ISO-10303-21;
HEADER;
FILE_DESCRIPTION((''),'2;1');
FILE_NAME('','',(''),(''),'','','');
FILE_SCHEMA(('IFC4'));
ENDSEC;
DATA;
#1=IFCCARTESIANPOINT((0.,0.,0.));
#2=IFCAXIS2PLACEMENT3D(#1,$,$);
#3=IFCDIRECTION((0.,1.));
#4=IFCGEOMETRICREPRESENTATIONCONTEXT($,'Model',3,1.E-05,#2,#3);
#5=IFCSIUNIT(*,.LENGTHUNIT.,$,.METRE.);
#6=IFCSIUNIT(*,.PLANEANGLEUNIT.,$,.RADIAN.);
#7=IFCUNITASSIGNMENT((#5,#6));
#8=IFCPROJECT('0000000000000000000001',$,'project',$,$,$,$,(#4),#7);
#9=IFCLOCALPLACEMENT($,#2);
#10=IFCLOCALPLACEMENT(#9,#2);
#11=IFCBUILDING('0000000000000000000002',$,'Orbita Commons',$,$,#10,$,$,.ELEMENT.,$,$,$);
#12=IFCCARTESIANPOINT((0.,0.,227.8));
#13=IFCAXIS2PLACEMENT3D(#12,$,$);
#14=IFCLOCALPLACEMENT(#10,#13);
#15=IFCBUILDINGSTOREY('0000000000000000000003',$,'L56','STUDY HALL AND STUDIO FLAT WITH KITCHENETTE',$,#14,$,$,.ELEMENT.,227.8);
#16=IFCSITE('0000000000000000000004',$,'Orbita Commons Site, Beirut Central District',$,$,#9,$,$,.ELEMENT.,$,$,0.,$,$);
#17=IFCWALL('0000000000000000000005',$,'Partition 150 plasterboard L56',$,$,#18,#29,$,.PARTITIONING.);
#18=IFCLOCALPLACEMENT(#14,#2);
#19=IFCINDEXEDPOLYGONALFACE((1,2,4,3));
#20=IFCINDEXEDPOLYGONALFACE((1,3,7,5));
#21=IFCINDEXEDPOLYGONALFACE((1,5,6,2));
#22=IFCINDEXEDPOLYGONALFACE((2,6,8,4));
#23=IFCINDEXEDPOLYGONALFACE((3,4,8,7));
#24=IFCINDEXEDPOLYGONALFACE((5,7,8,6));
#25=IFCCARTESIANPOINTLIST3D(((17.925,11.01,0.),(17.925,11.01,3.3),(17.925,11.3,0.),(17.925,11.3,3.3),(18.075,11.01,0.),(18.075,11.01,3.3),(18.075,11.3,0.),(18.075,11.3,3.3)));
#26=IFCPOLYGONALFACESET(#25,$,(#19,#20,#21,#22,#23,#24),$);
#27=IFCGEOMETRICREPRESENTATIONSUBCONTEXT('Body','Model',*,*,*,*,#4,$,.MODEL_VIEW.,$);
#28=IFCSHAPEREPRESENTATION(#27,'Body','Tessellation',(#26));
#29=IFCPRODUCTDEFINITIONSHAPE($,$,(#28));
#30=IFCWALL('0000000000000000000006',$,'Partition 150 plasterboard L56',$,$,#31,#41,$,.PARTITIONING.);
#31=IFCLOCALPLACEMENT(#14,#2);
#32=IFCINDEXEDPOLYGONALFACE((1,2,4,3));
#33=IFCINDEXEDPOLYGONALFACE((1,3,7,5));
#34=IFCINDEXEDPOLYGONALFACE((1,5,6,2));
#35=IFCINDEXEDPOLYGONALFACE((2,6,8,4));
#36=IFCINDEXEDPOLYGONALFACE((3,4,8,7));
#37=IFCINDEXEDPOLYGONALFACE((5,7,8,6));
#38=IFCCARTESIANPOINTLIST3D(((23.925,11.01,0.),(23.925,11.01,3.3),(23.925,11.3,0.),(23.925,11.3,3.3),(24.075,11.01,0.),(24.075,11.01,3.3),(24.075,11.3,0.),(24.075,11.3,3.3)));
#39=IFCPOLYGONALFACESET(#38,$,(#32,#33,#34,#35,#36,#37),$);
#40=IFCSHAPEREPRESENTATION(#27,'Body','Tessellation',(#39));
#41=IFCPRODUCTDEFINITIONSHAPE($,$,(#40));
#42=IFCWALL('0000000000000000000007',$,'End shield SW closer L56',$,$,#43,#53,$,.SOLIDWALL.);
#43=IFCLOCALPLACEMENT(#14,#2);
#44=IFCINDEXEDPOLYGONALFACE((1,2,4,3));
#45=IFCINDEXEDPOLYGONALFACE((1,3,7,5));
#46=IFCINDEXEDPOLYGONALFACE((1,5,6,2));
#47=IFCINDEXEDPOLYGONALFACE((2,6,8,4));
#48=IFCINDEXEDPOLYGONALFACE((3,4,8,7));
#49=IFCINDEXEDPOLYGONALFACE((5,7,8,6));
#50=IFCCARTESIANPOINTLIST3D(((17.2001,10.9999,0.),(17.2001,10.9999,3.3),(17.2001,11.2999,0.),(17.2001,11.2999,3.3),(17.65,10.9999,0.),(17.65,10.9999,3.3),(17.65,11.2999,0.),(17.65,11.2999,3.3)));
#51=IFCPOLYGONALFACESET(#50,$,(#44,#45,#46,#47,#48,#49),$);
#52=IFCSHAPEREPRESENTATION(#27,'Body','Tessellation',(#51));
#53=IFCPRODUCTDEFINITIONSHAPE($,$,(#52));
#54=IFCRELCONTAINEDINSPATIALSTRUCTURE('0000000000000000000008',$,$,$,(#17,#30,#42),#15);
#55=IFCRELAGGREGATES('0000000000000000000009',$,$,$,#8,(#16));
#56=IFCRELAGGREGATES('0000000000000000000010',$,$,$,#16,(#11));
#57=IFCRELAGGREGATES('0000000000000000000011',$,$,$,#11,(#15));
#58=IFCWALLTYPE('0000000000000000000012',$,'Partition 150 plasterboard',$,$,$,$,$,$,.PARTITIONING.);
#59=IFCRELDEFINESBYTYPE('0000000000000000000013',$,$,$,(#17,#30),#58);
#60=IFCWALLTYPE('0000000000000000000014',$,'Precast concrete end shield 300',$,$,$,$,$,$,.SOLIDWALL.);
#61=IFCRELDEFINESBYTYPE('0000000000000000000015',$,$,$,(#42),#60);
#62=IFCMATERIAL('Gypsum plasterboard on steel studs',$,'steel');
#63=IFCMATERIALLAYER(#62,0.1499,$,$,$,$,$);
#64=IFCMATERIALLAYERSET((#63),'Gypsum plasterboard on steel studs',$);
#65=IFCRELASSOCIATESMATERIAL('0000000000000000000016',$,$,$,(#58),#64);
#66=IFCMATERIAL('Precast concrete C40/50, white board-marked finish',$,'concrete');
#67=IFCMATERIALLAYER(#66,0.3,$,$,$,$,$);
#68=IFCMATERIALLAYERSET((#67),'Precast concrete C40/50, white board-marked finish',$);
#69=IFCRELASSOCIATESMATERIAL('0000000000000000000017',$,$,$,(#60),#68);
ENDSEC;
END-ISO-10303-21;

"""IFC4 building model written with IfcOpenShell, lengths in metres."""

from ifc_helpers import new_model, si_unit, direction, frame, frame_2d, origin, place, context, subcontext, project, spatial, rectangle, extrude, material, layer, layer_set, type_object, element, save


model = new_model("IFC4")

# Units and contexts
model_context = context("Model", 3, precision=1e-05, world=origin(), true_north=direction((0.0, 1.0)))
body_context = subcontext(model_context, "Body", "Model", "MODEL_VIEW")
ifc_project = project(units=[si_unit("LENGTHUNIT", "METRE"), si_unit("PLANEANGLEUNIT", "RADIAN")], contexts=[model_context])

# Site, building, storey
site_placement = place(None, origin())
site = spatial("IfcSite", under=ifc_project, at=site_placement, Name="Orbita Commons Site, Beirut Central District", CompositionType="ELEMENT", RefElevation=0.0)
building_placement = place(site_placement, origin())
building = spatial("IfcBuilding", under=site, at=building_placement, Name="Orbita Commons", CompositionType="ELEMENT")
storey_placement = place(building_placement, frame((0.0, 0.0, 227.8)))
storey = spatial("IfcBuildingStorey", under=building, at=storey_placement, Name="L56", Description="STUDY HALL AND STUDIO FLAT WITH KITCHENETTE", CompositionType="ELEMENT", Elevation=227.8)

# Walls
ifc_material_1 = material(Name="Gypsum plasterboard on steel studs", Category="steel")
ifc_layer_1 = layer(ifc_material_1, 0.1499)
ifc_layer_set_1 = layer_set([ifc_layer_1], Name="Gypsum plasterboard on steel studs")
wall_type_1 = type_object("IfcWallType", Name="Partition 150 plasterboard", PredefinedType="PARTITIONING", material=ifc_layer_set_1)
for number, where, z_axis, x_axis, name in (
    (1, (18.0, 11.3, 0.0), (0.0, 0.0, 1.0), (0.0, -1.0, 0.0), "Partition 150 plasterboard L56"),
    (2, (24.0, 11.3, 0.0), (0.0, 0.0, 1.0), (0.0, -1.0, 0.0), "Partition 150 plasterboard L56"),
):
    element("IfcWall", number, at=place(storey_placement, frame(where, z_axis=z_axis, x_axis=x_axis)), inside=storey, type_object=wall_type_1, Name=name, PredefinedType="PARTITIONING", context=body_context, shape_type="SweptSolid", body=[
        extrude(rectangle(XDim=0.29, YDim=0.1499, at=frame_2d((0.145, 0.0))), origin(), (0.0, 0.0, 1.0), 3.3),
    ])
ifc_material_2 = material(Name="Precast concrete C40/50, white board-marked finish", Category="concrete")
ifc_layer_2 = layer(ifc_material_2, 0.3)
ifc_layer_set_2 = layer_set([ifc_layer_2], Name="Precast concrete C40/50, white board-marked finish")
wall_type_2 = type_object("IfcWallType", Name="Precast concrete end shield 300", PredefinedType="SOLIDWALL", material=ifc_layer_set_2)
wall_placement = place(storey_placement, frame((17.2, 11.1499, 0.0), z_axis=(0.0, 0.0, 1.0), x_axis=(1.0, 0.0, 0.0)))
element("IfcWall", 3, at=wall_placement, inside=storey, type_object=wall_type_2, Name="End shield SW closer L56", PredefinedType="SOLIDWALL", context=body_context, shape_type="SweptSolid", body=[
    extrude(rectangle(XDim=0.45, YDim=0.3, at=frame_2d((0.2251, 0.0))), origin(), (0.0, 0.0, 1.0), 3.3),
])

save(model, "model.ifc")
